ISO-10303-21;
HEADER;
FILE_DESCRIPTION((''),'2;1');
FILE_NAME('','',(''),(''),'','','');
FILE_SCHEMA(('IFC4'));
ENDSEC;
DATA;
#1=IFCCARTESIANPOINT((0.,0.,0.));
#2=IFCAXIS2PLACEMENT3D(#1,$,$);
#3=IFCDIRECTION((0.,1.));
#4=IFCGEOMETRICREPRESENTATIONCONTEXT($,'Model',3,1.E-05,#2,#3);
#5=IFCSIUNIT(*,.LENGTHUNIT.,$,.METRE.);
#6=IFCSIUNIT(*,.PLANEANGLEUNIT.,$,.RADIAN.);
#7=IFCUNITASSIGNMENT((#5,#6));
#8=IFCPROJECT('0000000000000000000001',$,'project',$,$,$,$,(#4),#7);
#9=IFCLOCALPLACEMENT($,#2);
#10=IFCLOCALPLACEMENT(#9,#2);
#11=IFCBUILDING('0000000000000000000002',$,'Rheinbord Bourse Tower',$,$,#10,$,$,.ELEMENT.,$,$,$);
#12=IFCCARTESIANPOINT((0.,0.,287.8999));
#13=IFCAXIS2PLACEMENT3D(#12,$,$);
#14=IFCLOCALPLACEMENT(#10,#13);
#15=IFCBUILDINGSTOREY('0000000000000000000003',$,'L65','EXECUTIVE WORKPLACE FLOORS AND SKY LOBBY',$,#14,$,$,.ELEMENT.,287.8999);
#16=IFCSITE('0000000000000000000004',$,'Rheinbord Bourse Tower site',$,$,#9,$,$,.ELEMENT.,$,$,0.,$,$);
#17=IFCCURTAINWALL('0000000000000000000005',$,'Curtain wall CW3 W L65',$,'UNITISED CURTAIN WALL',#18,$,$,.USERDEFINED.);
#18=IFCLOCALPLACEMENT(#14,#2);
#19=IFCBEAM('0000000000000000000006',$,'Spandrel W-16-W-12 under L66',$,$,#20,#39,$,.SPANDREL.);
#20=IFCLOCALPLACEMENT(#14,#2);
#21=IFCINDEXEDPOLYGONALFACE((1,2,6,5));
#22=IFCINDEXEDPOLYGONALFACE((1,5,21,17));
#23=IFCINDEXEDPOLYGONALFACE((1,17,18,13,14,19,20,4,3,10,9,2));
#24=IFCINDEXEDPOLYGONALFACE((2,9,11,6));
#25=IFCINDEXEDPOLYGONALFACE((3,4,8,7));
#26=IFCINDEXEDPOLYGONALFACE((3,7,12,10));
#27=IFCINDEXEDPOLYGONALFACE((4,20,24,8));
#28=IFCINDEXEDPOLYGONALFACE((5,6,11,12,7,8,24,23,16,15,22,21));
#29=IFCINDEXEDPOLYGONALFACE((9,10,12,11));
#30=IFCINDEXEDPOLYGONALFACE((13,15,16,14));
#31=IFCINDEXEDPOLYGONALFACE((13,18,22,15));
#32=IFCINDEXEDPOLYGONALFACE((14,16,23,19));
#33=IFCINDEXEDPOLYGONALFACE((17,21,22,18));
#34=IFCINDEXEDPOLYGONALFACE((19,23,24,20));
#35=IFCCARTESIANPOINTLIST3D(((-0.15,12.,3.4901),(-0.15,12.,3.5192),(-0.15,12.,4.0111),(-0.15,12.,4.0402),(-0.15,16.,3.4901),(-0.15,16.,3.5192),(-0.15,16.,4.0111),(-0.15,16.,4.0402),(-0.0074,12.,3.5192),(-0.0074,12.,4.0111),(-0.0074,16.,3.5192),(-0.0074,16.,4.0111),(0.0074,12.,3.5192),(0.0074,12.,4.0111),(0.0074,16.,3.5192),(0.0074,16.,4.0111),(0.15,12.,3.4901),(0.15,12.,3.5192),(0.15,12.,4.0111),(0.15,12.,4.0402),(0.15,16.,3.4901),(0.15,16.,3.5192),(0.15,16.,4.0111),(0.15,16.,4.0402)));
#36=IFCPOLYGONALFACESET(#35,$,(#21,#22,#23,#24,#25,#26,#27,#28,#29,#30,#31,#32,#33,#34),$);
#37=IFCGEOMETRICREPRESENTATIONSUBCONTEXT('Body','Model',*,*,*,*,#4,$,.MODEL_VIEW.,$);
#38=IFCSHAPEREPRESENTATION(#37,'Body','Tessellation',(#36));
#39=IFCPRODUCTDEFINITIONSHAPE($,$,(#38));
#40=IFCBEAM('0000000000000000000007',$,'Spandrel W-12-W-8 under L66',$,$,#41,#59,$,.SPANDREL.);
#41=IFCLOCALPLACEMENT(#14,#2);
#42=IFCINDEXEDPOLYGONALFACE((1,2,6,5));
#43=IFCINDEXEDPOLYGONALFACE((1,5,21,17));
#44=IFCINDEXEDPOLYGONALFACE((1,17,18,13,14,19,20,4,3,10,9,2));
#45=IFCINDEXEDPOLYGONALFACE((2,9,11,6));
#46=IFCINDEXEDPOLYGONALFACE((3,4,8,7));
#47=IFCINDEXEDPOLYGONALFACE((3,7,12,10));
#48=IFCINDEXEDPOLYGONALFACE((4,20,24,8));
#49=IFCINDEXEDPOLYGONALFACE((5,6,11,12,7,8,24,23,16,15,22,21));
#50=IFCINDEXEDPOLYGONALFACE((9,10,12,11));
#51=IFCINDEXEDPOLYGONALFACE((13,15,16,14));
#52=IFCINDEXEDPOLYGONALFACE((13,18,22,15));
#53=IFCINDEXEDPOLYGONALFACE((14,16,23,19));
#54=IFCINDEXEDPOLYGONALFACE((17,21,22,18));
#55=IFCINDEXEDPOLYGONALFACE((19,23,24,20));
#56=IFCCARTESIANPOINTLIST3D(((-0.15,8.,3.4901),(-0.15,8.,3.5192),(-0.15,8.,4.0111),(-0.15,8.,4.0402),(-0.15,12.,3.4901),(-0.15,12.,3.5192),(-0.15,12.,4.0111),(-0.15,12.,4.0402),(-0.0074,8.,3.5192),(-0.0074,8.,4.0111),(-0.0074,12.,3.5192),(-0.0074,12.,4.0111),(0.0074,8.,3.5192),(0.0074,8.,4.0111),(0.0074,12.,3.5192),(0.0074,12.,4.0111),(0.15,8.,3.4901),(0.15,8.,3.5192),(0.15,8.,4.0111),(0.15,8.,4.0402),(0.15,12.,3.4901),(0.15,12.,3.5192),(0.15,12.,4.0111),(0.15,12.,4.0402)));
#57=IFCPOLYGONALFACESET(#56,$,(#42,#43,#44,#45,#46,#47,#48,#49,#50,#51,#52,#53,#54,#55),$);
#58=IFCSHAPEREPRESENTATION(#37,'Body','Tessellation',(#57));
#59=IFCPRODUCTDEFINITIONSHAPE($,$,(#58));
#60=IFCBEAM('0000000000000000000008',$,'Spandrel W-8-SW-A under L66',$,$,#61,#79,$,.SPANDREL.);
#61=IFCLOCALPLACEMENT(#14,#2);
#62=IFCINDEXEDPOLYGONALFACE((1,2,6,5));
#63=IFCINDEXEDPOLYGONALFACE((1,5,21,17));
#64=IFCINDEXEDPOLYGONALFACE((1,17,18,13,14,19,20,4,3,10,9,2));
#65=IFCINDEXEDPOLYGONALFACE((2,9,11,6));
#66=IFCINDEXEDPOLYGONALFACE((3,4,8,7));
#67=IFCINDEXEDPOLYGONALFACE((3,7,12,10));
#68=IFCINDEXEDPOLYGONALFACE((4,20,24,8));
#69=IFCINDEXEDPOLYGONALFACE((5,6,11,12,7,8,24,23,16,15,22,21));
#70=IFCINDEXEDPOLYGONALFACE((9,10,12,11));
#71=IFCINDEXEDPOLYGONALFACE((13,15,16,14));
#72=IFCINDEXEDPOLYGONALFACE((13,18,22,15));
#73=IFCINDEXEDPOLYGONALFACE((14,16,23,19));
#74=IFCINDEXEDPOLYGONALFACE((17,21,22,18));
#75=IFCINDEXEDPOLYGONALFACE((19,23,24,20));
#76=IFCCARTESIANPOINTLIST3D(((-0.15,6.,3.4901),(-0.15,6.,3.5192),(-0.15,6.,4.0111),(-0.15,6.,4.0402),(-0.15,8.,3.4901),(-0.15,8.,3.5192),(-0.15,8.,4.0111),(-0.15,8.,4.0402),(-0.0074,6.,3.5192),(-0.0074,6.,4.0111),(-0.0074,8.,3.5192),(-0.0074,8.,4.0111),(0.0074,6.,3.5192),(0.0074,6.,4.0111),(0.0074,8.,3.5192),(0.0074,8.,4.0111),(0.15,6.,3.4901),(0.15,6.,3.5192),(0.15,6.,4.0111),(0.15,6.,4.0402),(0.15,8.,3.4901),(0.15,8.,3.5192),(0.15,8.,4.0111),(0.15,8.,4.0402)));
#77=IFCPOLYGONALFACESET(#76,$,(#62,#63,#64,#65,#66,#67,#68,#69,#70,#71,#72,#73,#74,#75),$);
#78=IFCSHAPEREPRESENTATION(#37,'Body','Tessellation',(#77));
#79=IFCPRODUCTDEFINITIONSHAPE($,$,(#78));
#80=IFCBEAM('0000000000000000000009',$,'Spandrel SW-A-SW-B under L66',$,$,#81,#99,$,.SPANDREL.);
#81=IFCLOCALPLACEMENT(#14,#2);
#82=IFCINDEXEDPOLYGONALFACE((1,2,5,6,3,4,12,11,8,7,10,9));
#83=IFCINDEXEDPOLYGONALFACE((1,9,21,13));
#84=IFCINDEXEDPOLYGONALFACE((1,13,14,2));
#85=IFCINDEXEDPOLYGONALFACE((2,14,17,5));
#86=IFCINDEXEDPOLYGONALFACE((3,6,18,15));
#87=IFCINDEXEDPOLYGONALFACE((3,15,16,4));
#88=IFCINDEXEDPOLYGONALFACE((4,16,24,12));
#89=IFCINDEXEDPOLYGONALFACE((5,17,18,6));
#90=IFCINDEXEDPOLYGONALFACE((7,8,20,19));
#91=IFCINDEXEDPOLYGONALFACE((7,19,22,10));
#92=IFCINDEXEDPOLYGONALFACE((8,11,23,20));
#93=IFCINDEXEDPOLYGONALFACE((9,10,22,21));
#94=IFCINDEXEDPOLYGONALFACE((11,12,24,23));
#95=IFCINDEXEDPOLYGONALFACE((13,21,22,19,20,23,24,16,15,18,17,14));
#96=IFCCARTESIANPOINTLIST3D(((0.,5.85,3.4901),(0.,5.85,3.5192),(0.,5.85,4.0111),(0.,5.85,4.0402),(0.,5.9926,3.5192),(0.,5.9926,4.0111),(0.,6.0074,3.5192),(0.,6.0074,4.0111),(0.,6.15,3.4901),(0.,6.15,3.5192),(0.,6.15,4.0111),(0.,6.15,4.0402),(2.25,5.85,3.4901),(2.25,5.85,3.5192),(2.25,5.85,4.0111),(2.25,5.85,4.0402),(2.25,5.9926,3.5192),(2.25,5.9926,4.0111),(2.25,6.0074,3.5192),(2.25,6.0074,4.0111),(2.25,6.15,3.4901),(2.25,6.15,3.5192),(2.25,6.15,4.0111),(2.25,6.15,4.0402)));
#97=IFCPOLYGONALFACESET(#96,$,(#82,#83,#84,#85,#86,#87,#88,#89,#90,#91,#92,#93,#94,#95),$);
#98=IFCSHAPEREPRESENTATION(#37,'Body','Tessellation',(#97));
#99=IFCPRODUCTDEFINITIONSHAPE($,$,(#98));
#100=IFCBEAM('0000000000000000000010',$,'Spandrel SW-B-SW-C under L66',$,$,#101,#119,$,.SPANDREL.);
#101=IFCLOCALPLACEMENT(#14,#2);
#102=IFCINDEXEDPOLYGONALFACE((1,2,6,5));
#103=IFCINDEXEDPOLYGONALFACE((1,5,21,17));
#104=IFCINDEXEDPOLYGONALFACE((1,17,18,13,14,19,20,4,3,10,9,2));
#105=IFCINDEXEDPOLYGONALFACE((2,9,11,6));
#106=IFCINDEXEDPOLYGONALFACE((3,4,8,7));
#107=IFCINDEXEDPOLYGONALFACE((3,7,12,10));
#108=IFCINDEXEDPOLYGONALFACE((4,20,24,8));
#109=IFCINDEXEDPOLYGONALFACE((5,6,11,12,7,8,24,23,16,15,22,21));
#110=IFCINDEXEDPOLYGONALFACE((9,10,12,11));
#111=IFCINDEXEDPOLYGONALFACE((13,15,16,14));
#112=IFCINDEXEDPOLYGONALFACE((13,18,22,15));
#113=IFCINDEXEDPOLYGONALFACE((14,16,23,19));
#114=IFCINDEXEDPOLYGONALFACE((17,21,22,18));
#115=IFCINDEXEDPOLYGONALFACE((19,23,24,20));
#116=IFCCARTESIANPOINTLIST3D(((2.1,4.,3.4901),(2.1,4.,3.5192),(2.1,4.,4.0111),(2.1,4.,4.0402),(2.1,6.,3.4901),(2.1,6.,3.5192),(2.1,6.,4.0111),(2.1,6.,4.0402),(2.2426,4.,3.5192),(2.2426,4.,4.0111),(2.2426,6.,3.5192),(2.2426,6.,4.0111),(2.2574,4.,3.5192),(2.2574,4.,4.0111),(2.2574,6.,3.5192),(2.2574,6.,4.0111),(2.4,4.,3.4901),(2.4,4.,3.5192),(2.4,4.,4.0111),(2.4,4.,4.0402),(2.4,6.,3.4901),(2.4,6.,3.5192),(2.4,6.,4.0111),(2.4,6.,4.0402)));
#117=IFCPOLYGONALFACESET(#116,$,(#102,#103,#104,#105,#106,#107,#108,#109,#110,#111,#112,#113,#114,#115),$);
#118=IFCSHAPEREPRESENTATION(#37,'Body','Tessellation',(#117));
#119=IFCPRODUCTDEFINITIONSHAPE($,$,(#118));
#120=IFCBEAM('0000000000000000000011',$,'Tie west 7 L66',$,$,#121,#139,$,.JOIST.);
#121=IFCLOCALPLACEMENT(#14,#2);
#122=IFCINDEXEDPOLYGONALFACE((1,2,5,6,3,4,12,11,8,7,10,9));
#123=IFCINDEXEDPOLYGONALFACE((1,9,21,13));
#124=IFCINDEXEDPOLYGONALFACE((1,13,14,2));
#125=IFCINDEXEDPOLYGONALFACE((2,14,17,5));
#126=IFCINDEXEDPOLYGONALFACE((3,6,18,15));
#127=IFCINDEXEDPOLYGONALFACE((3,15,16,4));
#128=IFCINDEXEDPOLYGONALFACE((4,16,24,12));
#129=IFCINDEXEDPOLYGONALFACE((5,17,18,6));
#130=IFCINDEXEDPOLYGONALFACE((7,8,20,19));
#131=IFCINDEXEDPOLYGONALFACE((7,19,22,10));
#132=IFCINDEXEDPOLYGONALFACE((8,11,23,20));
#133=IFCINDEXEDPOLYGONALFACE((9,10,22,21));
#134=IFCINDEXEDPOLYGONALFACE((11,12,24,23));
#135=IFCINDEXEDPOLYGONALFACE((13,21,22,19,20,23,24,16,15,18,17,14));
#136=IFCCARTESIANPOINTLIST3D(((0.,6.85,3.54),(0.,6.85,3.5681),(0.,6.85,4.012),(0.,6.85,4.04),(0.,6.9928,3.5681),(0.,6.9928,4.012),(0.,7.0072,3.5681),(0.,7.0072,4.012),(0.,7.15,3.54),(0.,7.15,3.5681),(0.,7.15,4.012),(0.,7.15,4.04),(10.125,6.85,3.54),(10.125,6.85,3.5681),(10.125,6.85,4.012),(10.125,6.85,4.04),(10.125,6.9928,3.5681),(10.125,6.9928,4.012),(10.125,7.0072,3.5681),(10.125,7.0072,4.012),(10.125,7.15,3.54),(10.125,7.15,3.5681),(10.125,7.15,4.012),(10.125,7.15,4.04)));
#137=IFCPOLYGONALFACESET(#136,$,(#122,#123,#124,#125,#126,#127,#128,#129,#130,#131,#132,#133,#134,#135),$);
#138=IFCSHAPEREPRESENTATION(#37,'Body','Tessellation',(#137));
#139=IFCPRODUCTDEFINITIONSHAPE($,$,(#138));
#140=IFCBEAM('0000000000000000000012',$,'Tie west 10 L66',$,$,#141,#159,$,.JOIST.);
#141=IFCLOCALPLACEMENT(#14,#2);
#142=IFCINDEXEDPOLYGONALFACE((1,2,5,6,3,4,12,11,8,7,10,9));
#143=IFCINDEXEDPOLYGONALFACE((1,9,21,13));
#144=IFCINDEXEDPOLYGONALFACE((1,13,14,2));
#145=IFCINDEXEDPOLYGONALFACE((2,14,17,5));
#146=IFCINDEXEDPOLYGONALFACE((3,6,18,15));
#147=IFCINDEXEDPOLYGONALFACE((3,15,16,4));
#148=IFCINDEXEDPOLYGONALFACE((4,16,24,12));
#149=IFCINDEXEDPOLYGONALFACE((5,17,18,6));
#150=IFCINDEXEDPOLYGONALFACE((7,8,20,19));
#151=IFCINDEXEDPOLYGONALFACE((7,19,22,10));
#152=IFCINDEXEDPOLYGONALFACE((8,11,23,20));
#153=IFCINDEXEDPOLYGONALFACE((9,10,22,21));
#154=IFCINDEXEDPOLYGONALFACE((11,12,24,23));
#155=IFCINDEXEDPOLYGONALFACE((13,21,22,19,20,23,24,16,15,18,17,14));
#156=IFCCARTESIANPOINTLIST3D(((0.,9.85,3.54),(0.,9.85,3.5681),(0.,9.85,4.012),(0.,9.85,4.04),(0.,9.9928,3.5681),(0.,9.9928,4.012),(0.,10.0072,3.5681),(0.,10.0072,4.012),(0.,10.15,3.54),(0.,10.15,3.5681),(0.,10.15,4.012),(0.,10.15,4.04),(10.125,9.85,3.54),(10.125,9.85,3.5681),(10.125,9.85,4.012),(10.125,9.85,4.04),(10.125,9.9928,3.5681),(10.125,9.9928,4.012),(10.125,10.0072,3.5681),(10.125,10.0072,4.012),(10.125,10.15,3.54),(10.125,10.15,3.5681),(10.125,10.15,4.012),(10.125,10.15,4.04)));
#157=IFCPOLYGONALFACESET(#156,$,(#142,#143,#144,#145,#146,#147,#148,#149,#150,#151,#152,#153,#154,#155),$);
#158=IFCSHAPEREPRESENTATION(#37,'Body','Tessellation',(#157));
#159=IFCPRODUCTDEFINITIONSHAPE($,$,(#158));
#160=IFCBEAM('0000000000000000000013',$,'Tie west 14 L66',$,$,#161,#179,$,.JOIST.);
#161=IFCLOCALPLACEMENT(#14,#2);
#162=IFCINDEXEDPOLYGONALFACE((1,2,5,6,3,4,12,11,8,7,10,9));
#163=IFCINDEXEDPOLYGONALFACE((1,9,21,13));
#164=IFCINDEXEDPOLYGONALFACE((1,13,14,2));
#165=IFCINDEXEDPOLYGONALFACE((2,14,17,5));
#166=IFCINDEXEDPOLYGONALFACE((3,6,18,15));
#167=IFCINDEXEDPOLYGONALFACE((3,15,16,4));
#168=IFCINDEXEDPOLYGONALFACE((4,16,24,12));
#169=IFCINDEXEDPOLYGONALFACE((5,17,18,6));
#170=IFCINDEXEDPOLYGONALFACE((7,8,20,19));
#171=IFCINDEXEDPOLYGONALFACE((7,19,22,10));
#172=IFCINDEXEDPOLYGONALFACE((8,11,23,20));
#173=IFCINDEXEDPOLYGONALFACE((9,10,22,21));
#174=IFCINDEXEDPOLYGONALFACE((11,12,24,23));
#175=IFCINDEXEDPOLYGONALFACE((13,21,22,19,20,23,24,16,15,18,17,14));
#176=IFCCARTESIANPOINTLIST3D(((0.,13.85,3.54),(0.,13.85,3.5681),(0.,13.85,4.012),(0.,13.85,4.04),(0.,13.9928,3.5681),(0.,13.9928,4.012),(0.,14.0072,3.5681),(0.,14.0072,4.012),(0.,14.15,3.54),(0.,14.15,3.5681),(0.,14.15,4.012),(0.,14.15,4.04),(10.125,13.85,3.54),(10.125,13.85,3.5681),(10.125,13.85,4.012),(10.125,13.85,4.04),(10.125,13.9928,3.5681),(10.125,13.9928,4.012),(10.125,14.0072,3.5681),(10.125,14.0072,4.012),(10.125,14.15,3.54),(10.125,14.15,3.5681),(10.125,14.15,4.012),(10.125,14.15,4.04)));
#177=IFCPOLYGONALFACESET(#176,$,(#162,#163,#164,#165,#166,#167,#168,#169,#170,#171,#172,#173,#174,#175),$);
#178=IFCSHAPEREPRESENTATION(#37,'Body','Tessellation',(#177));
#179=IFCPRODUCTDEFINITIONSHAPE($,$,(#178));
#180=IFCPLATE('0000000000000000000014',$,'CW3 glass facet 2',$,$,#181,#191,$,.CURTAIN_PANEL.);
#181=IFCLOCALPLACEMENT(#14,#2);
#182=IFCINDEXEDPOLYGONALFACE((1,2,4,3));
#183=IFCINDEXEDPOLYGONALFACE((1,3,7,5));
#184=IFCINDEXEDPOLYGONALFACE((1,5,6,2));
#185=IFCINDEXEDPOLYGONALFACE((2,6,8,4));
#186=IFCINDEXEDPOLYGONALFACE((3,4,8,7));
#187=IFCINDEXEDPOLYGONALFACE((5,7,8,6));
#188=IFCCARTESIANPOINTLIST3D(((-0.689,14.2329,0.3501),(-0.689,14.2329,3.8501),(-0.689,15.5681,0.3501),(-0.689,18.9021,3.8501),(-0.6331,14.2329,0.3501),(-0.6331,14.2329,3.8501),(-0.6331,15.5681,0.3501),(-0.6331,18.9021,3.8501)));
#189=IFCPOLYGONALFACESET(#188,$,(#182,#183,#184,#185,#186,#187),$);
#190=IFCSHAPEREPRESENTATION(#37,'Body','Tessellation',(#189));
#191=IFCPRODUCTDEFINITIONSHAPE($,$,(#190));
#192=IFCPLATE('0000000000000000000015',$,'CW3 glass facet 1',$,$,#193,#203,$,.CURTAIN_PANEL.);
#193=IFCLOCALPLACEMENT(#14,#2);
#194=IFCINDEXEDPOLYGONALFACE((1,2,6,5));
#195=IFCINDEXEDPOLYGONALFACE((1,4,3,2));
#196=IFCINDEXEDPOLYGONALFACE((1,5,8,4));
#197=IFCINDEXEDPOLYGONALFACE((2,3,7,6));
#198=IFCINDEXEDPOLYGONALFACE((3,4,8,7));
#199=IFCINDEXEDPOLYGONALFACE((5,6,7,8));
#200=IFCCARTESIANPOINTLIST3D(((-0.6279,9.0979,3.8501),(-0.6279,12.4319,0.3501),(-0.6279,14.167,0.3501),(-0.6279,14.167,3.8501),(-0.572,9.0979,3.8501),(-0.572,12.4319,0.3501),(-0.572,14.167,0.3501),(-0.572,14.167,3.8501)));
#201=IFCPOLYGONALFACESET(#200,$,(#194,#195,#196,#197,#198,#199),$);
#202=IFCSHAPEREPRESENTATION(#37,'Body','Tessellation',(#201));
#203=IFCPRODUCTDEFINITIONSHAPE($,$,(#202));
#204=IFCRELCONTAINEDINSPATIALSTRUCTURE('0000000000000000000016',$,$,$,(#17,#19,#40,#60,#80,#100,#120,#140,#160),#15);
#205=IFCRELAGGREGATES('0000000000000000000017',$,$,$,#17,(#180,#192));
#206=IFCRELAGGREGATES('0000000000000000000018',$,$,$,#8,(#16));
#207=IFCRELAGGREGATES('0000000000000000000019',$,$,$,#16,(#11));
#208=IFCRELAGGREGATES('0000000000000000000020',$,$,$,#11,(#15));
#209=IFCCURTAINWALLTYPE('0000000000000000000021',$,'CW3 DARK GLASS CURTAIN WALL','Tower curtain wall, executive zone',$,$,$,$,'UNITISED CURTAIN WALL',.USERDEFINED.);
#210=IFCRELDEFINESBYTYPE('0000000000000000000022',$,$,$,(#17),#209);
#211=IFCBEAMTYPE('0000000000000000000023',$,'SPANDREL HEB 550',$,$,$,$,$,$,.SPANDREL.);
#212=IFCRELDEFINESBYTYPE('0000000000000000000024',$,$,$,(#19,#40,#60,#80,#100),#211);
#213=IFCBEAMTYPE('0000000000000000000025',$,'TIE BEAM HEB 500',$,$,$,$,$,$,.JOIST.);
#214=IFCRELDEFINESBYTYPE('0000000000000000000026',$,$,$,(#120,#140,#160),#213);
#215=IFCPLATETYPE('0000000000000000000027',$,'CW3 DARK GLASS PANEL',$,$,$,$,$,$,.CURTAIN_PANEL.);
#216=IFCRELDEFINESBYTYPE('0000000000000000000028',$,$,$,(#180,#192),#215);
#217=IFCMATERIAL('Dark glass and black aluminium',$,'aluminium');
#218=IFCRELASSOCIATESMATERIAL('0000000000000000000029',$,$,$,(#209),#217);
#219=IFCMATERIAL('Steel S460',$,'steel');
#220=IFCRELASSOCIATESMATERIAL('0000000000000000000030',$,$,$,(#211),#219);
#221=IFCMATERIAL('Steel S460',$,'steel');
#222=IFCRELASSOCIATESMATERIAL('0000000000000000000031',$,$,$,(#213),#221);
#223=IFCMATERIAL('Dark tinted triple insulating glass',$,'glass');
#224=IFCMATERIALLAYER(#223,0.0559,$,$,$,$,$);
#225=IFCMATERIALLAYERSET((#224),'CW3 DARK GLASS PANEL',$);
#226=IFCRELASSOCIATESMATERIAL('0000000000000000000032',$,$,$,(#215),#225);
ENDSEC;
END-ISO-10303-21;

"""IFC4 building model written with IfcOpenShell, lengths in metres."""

from ifc_helpers import new_model, si_unit, direction, frame, origin, origin_2d, place, context, subcontext, project, spatial, polyline, i_section, outline, extrude, material, layer, layer_set, material_profile, profile_set, type_object, element, aggregate, save


model = new_model("IFC4")

# Units and contexts
model_context = context("Model", 3, precision=1e-05, world=origin(), true_north=direction((0.0, 1.0)))
body_context = subcontext(model_context, "Body", "Model", "MODEL_VIEW")
ifc_project = project(units=[si_unit("LENGTHUNIT", "METRE"), si_unit("PLANEANGLEUNIT", "RADIAN")], contexts=[model_context])

# Site, building, storey
site_placement = place(None, origin())
site = spatial("IfcSite", under=ifc_project, at=site_placement, Name="Rheinbord Bourse Tower site", CompositionType="ELEMENT", RefElevation=0.0)
building_placement = place(site_placement, origin())
building = spatial("IfcBuilding", under=site, at=building_placement, Name="Rheinbord Bourse Tower", CompositionType="ELEMENT")
storey_placement = place(building_placement, frame((0.0, 0.0, 287.8999)))
storey = spatial("IfcBuildingStorey", under=building, at=storey_placement, Name="L65", Description="EXECUTIVE WORKPLACE FLOORS AND SKY LOBBY", CompositionType="ELEMENT", Elevation=287.8999)

# Curtain wall
ifc_material_1 = material(Name="Dark glass and black aluminium", Category="aluminium")
curtain_wall_type = type_object("IfcCurtainWallType", Name="CW3 DARK GLASS CURTAIN WALL", Description="Tower curtain wall, executive zone", ElementType="UNITISED CURTAIN WALL", PredefinedType="USERDEFINED", material=ifc_material_1)
curtain_wall_placement = place(storey_placement, origin())
curtain_wall = element("IfcCurtainWall", 1, at=curtain_wall_placement, inside=storey, type_object=curtain_wall_type, Name="Curtain wall CW3 W L65", ObjectType="UNITISED CURTAIN WALL", PredefinedType="USERDEFINED")

# Beams
ifc_material_2 = material(Name="Steel S460", Category="steel")
ifc_material_profile_1 = material_profile(ifc_material_2, i_section(OverallWidth=0.3, OverallDepth=0.55, WebThickness=0.0149, FlangeThickness=0.0291, at=origin_2d()), Name="HEB 550")
ifc_profile_set_1 = profile_set([ifc_material_profile_1], Name="Steel S460")
beam_type_1 = type_object("IfcBeamType", Name="SPANDREL HEB 550", PredefinedType="SPANDREL", material=ifc_profile_set_1)
for number, where, z_axis, x_axis, name in (
    (2, (0.0, 16.0, 3.7651), (0.0, -1.0, 0.0), (1.0, 0.0, 0.0), "Spandrel W-16-W-12 under L66"),
    (3, (0.0, 12.0, 3.7651), (0.0, -1.0, 0.0), (1.0, 0.0, 0.0), "Spandrel W-12-W-8 under L66"),
):
    element("IfcBeam", number, at=place(storey_placement, frame(where, z_axis=z_axis, x_axis=x_axis)), inside=storey, type_object=beam_type_1, Name=name, PredefinedType="SPANDREL", context=body_context, shape_type="SweptSolid", body=[
        extrude(i_section(OverallWidth=0.3, OverallDepth=0.55, WebThickness=0.0149, FlangeThickness=0.0291, at=origin_2d()), origin(), (0.0, 0.0, 1.0), 4.0),
    ])
beam_1_placement = place(storey_placement, frame((0.0, 8.0, 3.7651), z_axis=(0.0, -1.0, 0.0), x_axis=(1.0, 0.0, 0.0)))
element("IfcBeam", 4, at=beam_1_placement, inside=storey, type_object=beam_type_1, Name="Spandrel W-8-SW-A under L66", PredefinedType="SPANDREL", context=body_context, shape_type="SweptSolid", body=[
    extrude(i_section(OverallWidth=0.3, OverallDepth=0.55, WebThickness=0.0149, FlangeThickness=0.0291, at=origin_2d()), origin(), (0.0, 0.0, 1.0), 2.0),
])
beam_2_placement = place(storey_placement, frame((0.0, 6.0, 3.7651), z_axis=(1.0, 0.0, 0.0), x_axis=(0.0, 1.0, 0.0)))
element("IfcBeam", 5, at=beam_2_placement, inside=storey, type_object=beam_type_1, Name="Spandrel SW-A-SW-B under L66", PredefinedType="SPANDREL", context=body_context, shape_type="SweptSolid", body=[
    extrude(i_section(OverallWidth=0.3, OverallDepth=0.55, WebThickness=0.0149, FlangeThickness=0.0291, at=origin_2d()), origin(), (0.0, 0.0, 1.0), 2.25),
])
beam_3_placement = place(storey_placement, frame((2.25, 6.0, 3.7651), z_axis=(0.0, -1.0, 0.0), x_axis=(1.0, 0.0, 0.0)))
element("IfcBeam", 6, at=beam_3_placement, inside=storey, type_object=beam_type_1, Name="Spandrel SW-B-SW-C under L66", PredefinedType="SPANDREL", context=body_context, shape_type="SweptSolid", body=[
    extrude(i_section(OverallWidth=0.3, OverallDepth=0.55, WebThickness=0.0149, FlangeThickness=0.0291, at=origin_2d()), origin(), (0.0, 0.0, 1.0), 2.0),
])
ifc_material_3 = material(Name="Steel S460", Category="steel")
ifc_material_profile_2 = material_profile(ifc_material_3, i_section(OverallWidth=0.3, OverallDepth=0.5, WebThickness=0.0144, FlangeThickness=0.0281, at=origin_2d()), Name="HEB 500")
ifc_profile_set_2 = profile_set([ifc_material_profile_2], Name="Steel S460")
beam_type_2 = type_object("IfcBeamType", Name="TIE BEAM HEB 500", PredefinedType="JOIST", material=ifc_profile_set_2)
for number, where, z_axis, x_axis, name in (
    (7, (0.0, 7.0, 3.79), (1.0, 0.0, 0.0), (0.0, 1.0, 0.0), "Tie west 7 L66"),
    (8, (0.0, 10.0, 3.79), (1.0, 0.0, 0.0), (0.0, 1.0, 0.0), "Tie west 10 L66"),
    (9, (0.0, 14.0, 3.79), (1.0, 0.0, 0.0), (0.0, 1.0, 0.0), "Tie west 14 L66"),
):
    element("IfcBeam", number, at=place(storey_placement, frame(where, z_axis=z_axis, x_axis=x_axis)), inside=storey, type_object=beam_type_2, Name=name, PredefinedType="JOIST", context=body_context, shape_type="SweptSolid", body=[
        extrude(i_section(OverallWidth=0.3, OverallDepth=0.5, WebThickness=0.0144, FlangeThickness=0.0281, at=origin_2d()), origin(), (0.0, 0.0, 1.0), 10.125),
    ])

# Plates
ifc_material_4 = material(Name="Dark tinted triple insulating glass", Category="glass")
ifc_layer_1 = layer(ifc_material_4, 0.0559)
ifc_layer_set_1 = layer_set([ifc_layer_1], Name="CW3 DARK GLASS PANEL")
plate_type = type_object("IfcPlateType", Name="CW3 DARK GLASS PANEL", PredefinedType="CURTAIN_PANEL", material=ifc_layer_set_1)
plate_1_placement = place(storey_placement, frame((-0.689, 14.2329, 3.8501), z_axis=(1.0, 0.0, 0.0), x_axis=(0.0, 0.0, -1.0)))
plate_1 = element("IfcPlate", 10, at=plate_1_placement, type_object=plate_type, Name="CW3 glass facet 2", PredefinedType="CURTAIN_PANEL", context=body_context, shape_type="SweptSolid", body=[
    extrude(outline(polyline([(0.0, 0.0), (3.5, 0.0), (3.5, 1.3352), (0.0, 4.6692), (0.0, 0.0)])), origin(), (0.0, 0.0, 1.0), 0.0559),
])
plate_2_placement = place(storey_placement, frame((-0.6279, 14.167, 0.3501), z_axis=(1.0, 0.0, 0.0), x_axis=(0.0, 0.0, 1.0)))
plate_2 = element("IfcPlate", 11, at=plate_2_placement, type_object=plate_type, Name="CW3 glass facet 1", PredefinedType="CURTAIN_PANEL", context=body_context, shape_type="SweptSolid", body=[
    extrude(outline(polyline([(0.0, 0.0), (3.5, 0.0), (3.5, 5.0691), (0.0, 1.7351), (0.0, 0.0)])), origin(), (0.0, 0.0, 1.0), 0.0559),
])
aggregate(curtain_wall, [plate_1, plate_2])

save(model, "model.ifc")
